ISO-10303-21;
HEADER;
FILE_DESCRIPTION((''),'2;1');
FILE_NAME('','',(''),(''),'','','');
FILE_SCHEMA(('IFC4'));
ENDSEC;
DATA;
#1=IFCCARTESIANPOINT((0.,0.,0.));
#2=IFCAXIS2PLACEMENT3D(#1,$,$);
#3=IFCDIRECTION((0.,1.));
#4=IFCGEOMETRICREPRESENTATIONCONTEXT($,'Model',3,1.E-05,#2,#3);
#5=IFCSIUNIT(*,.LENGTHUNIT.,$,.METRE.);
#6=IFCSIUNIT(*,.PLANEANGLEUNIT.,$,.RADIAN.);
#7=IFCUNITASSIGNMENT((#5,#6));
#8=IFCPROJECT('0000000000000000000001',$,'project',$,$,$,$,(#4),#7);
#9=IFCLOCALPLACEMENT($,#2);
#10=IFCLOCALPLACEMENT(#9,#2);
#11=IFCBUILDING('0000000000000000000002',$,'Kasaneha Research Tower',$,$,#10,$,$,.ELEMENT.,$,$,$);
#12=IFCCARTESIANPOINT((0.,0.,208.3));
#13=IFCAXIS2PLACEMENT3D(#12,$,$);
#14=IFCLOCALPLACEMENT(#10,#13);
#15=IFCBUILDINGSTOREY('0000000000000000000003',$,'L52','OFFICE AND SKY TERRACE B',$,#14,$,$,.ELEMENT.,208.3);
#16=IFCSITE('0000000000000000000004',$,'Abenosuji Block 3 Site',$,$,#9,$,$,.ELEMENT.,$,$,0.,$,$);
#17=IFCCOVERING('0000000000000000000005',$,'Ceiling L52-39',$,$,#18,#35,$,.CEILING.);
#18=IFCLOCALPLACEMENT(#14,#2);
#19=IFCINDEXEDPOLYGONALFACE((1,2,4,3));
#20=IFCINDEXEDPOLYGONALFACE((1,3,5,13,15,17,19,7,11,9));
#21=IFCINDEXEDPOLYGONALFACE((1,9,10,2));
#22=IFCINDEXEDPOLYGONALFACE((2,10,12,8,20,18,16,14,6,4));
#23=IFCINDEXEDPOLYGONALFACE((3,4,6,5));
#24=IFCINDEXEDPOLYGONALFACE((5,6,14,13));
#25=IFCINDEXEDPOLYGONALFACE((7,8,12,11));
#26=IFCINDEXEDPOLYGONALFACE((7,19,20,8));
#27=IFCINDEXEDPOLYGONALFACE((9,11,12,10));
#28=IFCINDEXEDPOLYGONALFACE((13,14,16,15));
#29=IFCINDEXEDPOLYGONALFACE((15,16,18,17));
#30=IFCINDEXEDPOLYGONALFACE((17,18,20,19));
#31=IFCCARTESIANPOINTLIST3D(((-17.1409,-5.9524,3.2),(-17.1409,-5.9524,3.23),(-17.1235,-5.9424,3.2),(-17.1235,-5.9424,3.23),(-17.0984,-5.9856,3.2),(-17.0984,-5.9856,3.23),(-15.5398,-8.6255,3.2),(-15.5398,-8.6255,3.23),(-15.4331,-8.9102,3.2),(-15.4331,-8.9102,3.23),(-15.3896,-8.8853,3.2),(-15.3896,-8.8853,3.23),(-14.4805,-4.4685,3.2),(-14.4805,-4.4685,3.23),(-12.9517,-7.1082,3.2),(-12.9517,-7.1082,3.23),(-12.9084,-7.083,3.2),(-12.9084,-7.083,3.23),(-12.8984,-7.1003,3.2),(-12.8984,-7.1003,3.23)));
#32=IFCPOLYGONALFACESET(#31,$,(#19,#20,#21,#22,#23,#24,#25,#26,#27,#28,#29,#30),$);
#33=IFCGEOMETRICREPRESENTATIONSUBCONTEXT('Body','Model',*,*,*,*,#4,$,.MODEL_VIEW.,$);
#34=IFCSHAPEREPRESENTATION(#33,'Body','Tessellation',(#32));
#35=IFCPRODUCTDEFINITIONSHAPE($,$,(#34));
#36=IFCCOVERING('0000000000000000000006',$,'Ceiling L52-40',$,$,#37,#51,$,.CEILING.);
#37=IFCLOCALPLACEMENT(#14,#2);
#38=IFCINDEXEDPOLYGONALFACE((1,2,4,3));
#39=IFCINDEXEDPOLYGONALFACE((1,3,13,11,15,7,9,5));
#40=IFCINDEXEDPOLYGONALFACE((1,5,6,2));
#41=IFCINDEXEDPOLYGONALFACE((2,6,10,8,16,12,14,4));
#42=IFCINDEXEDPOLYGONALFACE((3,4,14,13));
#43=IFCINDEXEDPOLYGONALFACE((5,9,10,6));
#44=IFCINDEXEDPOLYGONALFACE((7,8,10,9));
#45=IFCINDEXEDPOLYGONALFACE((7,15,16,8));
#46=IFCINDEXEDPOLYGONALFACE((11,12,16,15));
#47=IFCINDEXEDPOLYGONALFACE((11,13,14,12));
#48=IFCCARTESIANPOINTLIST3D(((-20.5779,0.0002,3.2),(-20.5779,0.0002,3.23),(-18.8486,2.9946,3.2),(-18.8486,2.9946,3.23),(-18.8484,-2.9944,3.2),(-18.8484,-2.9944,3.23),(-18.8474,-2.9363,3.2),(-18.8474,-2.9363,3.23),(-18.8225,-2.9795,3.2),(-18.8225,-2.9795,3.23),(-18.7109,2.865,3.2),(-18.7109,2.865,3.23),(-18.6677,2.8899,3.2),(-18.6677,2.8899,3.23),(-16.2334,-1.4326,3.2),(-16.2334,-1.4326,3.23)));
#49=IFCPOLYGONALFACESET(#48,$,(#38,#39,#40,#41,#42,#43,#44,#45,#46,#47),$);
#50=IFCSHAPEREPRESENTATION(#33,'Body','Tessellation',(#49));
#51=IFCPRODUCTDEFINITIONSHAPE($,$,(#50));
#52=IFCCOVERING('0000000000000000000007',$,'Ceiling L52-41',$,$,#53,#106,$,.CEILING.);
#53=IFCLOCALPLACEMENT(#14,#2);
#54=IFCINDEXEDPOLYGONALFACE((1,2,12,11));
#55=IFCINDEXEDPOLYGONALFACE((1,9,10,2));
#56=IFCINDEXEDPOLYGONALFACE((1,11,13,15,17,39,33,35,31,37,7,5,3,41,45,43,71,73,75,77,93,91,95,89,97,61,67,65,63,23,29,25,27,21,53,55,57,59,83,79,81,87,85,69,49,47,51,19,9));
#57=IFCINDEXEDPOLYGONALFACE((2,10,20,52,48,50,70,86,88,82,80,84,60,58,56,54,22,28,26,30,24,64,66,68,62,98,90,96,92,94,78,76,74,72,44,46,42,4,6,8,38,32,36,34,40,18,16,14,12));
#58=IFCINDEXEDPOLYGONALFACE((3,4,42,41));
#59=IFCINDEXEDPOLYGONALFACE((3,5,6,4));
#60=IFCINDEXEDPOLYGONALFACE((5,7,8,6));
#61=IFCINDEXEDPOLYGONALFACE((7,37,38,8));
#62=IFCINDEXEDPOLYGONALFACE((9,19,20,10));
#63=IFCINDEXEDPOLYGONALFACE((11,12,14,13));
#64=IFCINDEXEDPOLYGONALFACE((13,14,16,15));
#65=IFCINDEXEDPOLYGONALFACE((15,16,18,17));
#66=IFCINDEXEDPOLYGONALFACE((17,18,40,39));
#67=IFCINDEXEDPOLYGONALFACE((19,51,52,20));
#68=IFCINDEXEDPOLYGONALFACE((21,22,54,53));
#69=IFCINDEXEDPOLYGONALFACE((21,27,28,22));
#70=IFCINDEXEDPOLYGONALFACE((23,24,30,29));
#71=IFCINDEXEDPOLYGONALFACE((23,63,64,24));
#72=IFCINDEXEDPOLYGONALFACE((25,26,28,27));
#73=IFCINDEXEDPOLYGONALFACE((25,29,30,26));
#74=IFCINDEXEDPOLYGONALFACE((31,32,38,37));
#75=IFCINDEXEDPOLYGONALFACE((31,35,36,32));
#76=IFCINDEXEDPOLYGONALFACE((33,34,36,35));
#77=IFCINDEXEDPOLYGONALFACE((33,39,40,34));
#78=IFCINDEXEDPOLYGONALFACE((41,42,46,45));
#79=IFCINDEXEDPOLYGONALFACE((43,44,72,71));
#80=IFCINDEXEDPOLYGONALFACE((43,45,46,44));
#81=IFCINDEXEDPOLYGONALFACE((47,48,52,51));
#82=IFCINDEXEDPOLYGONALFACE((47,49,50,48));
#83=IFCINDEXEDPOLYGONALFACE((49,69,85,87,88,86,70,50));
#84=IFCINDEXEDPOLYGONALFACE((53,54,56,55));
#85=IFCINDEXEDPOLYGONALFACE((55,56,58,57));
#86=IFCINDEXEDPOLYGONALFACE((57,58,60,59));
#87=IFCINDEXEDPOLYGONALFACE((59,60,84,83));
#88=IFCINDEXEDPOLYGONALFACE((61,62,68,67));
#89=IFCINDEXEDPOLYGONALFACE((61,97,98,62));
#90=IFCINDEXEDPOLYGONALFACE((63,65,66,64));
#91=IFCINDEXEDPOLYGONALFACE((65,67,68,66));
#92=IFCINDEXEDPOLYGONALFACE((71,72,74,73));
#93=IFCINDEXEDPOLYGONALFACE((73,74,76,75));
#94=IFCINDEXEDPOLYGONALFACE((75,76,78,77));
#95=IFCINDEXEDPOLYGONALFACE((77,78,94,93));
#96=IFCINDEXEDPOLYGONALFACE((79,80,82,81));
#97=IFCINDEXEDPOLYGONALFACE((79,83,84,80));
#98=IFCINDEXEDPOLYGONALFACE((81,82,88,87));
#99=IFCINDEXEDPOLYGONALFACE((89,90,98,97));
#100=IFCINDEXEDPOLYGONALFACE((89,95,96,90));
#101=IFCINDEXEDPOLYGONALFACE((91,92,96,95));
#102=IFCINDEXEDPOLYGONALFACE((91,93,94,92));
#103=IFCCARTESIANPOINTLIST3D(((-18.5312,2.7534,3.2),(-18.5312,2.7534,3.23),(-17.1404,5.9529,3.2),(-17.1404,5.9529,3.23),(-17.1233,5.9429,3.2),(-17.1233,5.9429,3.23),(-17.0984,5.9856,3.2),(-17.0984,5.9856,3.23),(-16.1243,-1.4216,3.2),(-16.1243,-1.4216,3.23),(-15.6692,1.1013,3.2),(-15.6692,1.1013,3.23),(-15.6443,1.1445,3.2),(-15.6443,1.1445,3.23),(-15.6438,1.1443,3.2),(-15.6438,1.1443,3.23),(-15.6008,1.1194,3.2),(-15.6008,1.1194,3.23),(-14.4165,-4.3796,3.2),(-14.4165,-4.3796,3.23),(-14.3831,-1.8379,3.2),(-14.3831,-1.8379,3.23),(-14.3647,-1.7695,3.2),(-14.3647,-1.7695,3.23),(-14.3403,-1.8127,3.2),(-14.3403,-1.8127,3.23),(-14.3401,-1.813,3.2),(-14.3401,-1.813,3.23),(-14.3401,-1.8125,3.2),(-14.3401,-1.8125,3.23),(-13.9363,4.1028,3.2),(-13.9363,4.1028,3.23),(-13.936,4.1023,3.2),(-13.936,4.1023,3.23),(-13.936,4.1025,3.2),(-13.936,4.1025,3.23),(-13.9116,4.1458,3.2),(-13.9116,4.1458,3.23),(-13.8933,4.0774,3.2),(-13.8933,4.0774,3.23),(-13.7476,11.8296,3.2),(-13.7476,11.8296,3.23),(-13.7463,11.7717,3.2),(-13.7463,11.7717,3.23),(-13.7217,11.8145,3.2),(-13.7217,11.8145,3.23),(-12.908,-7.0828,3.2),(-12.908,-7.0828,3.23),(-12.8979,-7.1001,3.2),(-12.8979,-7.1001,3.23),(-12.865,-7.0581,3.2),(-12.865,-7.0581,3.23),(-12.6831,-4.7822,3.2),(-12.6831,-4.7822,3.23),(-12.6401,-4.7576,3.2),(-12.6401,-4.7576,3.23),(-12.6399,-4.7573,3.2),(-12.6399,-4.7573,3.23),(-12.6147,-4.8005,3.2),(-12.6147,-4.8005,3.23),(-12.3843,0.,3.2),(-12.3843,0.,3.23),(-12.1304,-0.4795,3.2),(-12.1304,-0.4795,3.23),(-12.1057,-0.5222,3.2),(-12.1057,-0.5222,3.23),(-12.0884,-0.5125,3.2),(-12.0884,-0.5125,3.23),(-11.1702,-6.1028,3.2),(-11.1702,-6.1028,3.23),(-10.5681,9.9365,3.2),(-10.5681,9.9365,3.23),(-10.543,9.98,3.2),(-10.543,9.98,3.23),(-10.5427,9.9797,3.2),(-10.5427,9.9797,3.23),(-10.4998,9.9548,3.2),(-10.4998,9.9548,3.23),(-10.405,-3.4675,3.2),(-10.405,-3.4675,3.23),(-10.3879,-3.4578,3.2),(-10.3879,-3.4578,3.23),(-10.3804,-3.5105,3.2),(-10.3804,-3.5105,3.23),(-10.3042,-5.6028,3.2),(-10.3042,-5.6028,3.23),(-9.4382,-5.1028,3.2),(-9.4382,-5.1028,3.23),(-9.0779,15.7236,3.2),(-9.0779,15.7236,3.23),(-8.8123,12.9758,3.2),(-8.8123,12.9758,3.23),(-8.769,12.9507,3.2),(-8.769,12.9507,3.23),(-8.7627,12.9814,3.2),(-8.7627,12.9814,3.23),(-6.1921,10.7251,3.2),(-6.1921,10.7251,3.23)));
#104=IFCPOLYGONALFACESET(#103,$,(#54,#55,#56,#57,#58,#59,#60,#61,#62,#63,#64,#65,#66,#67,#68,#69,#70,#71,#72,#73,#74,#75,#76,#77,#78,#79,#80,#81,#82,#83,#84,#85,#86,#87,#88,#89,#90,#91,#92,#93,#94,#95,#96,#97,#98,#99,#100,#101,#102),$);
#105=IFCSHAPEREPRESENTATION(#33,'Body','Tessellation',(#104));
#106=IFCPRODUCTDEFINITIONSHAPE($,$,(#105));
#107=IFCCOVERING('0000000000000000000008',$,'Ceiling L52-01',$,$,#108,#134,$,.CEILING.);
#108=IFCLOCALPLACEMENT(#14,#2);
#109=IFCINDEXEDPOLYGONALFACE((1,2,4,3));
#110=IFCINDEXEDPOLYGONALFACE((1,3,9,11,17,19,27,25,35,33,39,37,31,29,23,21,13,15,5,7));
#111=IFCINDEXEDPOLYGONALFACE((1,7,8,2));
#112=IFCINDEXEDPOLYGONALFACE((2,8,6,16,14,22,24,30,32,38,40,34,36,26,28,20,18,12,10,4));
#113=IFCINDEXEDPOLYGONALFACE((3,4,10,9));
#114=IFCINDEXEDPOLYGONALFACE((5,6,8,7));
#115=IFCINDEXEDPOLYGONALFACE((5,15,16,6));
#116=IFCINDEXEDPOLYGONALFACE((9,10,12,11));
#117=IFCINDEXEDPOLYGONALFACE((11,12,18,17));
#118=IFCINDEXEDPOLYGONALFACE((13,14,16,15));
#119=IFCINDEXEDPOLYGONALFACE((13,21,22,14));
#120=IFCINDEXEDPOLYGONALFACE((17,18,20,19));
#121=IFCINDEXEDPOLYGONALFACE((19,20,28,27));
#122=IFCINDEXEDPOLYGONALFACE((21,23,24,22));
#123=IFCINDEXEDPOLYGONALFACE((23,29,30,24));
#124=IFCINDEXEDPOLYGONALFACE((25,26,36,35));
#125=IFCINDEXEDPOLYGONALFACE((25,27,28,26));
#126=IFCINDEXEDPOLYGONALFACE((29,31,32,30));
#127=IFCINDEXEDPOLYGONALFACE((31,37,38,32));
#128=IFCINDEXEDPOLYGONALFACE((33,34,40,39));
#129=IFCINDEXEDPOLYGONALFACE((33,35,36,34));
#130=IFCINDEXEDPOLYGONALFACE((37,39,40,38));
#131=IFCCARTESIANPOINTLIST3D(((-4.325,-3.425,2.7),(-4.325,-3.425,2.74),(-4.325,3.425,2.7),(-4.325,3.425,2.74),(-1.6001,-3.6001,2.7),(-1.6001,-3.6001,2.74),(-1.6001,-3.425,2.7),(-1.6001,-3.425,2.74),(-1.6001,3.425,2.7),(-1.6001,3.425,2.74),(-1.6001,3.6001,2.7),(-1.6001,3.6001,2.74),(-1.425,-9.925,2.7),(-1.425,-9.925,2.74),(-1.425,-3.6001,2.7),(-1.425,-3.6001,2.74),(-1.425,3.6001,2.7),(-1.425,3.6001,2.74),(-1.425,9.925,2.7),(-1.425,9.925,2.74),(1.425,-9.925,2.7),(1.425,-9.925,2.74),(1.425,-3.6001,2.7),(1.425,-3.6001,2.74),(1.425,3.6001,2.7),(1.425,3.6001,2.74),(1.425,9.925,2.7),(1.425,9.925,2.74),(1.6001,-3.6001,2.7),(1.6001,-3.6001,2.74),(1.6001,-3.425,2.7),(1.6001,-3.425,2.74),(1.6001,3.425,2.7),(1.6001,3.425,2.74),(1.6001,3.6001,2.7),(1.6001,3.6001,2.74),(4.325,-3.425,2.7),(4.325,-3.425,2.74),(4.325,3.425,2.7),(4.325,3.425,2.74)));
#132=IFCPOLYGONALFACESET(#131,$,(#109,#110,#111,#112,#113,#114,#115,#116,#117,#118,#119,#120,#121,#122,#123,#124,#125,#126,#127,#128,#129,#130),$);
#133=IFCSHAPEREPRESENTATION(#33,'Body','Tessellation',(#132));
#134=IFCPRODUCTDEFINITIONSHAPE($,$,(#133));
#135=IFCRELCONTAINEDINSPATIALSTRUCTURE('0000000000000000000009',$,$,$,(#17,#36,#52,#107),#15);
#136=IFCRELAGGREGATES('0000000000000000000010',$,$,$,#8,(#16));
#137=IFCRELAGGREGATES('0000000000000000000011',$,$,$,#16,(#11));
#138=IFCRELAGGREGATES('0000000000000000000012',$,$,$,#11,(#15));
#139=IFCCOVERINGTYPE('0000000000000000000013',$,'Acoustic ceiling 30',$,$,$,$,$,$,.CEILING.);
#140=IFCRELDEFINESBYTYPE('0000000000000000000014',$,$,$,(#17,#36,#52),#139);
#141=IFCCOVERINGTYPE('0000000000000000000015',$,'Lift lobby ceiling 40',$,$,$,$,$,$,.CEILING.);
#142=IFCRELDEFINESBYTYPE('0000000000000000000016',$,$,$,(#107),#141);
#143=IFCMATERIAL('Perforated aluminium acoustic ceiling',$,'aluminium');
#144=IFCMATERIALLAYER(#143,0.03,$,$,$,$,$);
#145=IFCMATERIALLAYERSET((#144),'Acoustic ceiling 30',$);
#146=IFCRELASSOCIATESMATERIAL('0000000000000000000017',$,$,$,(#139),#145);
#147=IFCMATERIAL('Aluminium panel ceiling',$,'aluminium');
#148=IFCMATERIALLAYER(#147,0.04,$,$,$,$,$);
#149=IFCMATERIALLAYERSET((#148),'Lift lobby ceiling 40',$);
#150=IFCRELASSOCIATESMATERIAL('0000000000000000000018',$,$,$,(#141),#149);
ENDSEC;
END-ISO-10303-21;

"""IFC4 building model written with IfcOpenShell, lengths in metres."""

from ifc_helpers import new_model, si_unit, direction, frame, origin, place, context, subcontext, project, spatial, polyline, outline, extrude, material, layer, layer_set, type_object, element, save


model = new_model("IFC4")

# Units and contexts
model_context = context("Model", 3, precision=1e-05, world=origin(), true_north=direction((0.0, 1.0)))
body_context = subcontext(model_context, "Body", "Model", "MODEL_VIEW")
ifc_project = project(units=[si_unit("LENGTHUNIT", "METRE"), si_unit("PLANEANGLEUNIT", "RADIAN")], contexts=[model_context])

# Site, building, storey
site_placement = place(None, origin())
site = spatial("IfcSite", under=ifc_project, at=site_placement, Name="Abenosuji Block 3 Site", CompositionType="ELEMENT", RefElevation=0.0)
building_placement = place(site_placement, origin())
building = spatial("IfcBuilding", under=site, at=building_placement, Name="Kasaneha Research Tower", CompositionType="ELEMENT")
storey_placement = place(building_placement, frame((0.0, 0.0, 208.3)))
storey = spatial("IfcBuildingStorey", under=building, at=storey_placement, Name="L52", Description="OFFICE AND SKY TERRACE B", CompositionType="ELEMENT", Elevation=208.3)

# Coverings
ifc_material_1 = material(Name="Perforated aluminium acoustic ceiling", Category="aluminium")
ifc_layer_1 = layer(ifc_material_1, 0.03)
ifc_layer_set_1 = layer_set([ifc_layer_1], Name="Acoustic ceiling 30")
covering_type_1 = type_object("IfcCoveringType", Name="Acoustic ceiling 30", PredefinedType="CEILING", material=ifc_layer_set_1)
covering_1_placement = place(storey_placement, frame((0.0, 0.0, 3.2)))
element("IfcCovering", 1, at=covering_1_placement, inside=storey, type_object=covering_type_1, Name="Ceiling L52-39", PredefinedType="CEILING", context=body_context, shape_type="SweptSolid", body=[
    extrude(outline(polyline([(-15.5398, -8.6255), (-15.5398, -8.6255), (-15.3896, -8.8853), (-15.4331, -8.9102), (-17.1409, -5.9524), (-17.1235, -5.9424), (-17.0984, -5.9856), (-14.4805, -4.4685), (-12.9517, -7.1082), (-12.9084, -7.083), (-12.8984, -7.1003), (-15.5398, -8.6255), (-15.5398, -8.6255)])), origin(), (0.0, 0.0, 1.0), 0.03),
])
covering_2_placement = place(storey_placement, frame((0.0, 0.0, 3.2)))
element("IfcCovering", 2, at=covering_2_placement, inside=storey, type_object=covering_type_1, Name="Ceiling L52-40", PredefinedType="CEILING", context=body_context, shape_type="SweptSolid", body=[
    extrude(outline(polyline([(-18.8486, 2.9946), (-18.6677, 2.8899), (-18.7109, 2.865), (-16.2334, -1.4326), (-18.8474, -2.9363), (-18.8225, -2.9795), (-18.8484, -2.9944), (-20.5779, 0.0002), (-18.8486, 2.9946)])), origin(), (0.0, 0.0, 1.0), 0.03),
])
covering_3_placement = place(storey_placement, frame((0.0, 0.0, 3.2)))
element("IfcCovering", 3, at=covering_3_placement, inside=storey, type_object=covering_type_1, Name="Ceiling L52-41", PredefinedType="CEILING", context=body_context, shape_type="SweptSolid", body=[
    extrude(outline(polyline([(-14.3401, -1.813), (-14.3831, -1.8379), (-12.6831, -4.7822), (-12.6401, -4.7576), (-12.6401, -4.7576), (-12.6399, -4.7573), (-12.6147, -4.8005), (-10.3804, -3.5105), (-10.405, -3.4675), (-10.3879, -3.4578), (-9.4382, -5.1028), (-10.3042, -5.6028), (-10.3042, -5.6028), (-11.1702, -6.1028), (-11.1702, -6.1028), (-12.8979, -7.1001), (-12.908, -7.0828), (-12.865, -7.0581), (-14.4165, -4.3796), (-16.1243, -1.4216), (-18.5312, 2.7534), (-15.6692, 1.1013), (-15.6443, 1.1445), (-15.6438, 1.1443), (-15.6438, 1.1443), (-15.6008, 1.1194), (-13.8933, 4.0774), (-13.936, 4.1023), (-13.936, 4.1025), (-13.9363, 4.1028), (-13.9116, 4.1458), (-17.0984, 5.9856), (-17.1233, 5.9429), (-17.1404, 5.9529), (-13.7476, 11.8296), (-13.7217, 11.8145), (-13.7463, 11.7717), (-10.5681, 9.9365), (-10.543, 9.98), (-10.5427, 9.9797), (-10.5427, 9.9797), (-10.4998, 9.9548), (-8.769, 12.9507), (-8.8123, 12.9758), (-8.7627, 12.9814), (-9.0779, 15.7236), (-6.1921, 10.7251), (-12.3843, 0.0), (-12.0884, -0.5125), (-12.1057, -0.5222), (-12.1304, -0.4795), (-14.3647, -1.7695), (-14.3401, -1.8125), (-14.3403, -1.8127), (-14.3401, -1.813)])), origin(), (0.0, 0.0, 1.0), 0.03),
])
ifc_material_2 = material(Name="Aluminium panel ceiling", Category="aluminium")
ifc_layer_2 = layer(ifc_material_2, 0.04)
ifc_layer_set_2 = layer_set([ifc_layer_2], Name="Lift lobby ceiling 40")
covering_type_2 = type_object("IfcCoveringType", Name="Lift lobby ceiling 40", PredefinedType="CEILING", material=ifc_layer_set_2)
covering_4_placement = place(storey_placement, frame((0.0, 0.0, 2.7)))
element("IfcCovering", 4, at=covering_4_placement, inside=storey, type_object=covering_type_2, Name="Ceiling L52-01", PredefinedType="CEILING", context=body_context, shape_type="SweptSolid", body=[
    extrude(outline(polyline([(1.425, 9.925), (1.425, 3.6001), (1.6001, 3.6001), (1.6001, 3.425), (4.325, 3.425), (4.325, -3.425), (1.6001, -3.425), (1.6001, -3.6001), (1.425, -3.6001), (1.425, -9.925), (-1.425, -9.925), (-1.425, -3.6001), (-1.6001, -3.6001), (-1.6001, -3.425), (-4.325, -3.425), (-4.325, 3.425), (-1.6001, 3.425), (-1.6001, 3.6001), (-1.425, 3.6001), (-1.425, 9.925), (1.425, 9.925)])), origin(), (0.0, 0.0, 1.0), 0.04),
])

save(model, "model.ifc")
